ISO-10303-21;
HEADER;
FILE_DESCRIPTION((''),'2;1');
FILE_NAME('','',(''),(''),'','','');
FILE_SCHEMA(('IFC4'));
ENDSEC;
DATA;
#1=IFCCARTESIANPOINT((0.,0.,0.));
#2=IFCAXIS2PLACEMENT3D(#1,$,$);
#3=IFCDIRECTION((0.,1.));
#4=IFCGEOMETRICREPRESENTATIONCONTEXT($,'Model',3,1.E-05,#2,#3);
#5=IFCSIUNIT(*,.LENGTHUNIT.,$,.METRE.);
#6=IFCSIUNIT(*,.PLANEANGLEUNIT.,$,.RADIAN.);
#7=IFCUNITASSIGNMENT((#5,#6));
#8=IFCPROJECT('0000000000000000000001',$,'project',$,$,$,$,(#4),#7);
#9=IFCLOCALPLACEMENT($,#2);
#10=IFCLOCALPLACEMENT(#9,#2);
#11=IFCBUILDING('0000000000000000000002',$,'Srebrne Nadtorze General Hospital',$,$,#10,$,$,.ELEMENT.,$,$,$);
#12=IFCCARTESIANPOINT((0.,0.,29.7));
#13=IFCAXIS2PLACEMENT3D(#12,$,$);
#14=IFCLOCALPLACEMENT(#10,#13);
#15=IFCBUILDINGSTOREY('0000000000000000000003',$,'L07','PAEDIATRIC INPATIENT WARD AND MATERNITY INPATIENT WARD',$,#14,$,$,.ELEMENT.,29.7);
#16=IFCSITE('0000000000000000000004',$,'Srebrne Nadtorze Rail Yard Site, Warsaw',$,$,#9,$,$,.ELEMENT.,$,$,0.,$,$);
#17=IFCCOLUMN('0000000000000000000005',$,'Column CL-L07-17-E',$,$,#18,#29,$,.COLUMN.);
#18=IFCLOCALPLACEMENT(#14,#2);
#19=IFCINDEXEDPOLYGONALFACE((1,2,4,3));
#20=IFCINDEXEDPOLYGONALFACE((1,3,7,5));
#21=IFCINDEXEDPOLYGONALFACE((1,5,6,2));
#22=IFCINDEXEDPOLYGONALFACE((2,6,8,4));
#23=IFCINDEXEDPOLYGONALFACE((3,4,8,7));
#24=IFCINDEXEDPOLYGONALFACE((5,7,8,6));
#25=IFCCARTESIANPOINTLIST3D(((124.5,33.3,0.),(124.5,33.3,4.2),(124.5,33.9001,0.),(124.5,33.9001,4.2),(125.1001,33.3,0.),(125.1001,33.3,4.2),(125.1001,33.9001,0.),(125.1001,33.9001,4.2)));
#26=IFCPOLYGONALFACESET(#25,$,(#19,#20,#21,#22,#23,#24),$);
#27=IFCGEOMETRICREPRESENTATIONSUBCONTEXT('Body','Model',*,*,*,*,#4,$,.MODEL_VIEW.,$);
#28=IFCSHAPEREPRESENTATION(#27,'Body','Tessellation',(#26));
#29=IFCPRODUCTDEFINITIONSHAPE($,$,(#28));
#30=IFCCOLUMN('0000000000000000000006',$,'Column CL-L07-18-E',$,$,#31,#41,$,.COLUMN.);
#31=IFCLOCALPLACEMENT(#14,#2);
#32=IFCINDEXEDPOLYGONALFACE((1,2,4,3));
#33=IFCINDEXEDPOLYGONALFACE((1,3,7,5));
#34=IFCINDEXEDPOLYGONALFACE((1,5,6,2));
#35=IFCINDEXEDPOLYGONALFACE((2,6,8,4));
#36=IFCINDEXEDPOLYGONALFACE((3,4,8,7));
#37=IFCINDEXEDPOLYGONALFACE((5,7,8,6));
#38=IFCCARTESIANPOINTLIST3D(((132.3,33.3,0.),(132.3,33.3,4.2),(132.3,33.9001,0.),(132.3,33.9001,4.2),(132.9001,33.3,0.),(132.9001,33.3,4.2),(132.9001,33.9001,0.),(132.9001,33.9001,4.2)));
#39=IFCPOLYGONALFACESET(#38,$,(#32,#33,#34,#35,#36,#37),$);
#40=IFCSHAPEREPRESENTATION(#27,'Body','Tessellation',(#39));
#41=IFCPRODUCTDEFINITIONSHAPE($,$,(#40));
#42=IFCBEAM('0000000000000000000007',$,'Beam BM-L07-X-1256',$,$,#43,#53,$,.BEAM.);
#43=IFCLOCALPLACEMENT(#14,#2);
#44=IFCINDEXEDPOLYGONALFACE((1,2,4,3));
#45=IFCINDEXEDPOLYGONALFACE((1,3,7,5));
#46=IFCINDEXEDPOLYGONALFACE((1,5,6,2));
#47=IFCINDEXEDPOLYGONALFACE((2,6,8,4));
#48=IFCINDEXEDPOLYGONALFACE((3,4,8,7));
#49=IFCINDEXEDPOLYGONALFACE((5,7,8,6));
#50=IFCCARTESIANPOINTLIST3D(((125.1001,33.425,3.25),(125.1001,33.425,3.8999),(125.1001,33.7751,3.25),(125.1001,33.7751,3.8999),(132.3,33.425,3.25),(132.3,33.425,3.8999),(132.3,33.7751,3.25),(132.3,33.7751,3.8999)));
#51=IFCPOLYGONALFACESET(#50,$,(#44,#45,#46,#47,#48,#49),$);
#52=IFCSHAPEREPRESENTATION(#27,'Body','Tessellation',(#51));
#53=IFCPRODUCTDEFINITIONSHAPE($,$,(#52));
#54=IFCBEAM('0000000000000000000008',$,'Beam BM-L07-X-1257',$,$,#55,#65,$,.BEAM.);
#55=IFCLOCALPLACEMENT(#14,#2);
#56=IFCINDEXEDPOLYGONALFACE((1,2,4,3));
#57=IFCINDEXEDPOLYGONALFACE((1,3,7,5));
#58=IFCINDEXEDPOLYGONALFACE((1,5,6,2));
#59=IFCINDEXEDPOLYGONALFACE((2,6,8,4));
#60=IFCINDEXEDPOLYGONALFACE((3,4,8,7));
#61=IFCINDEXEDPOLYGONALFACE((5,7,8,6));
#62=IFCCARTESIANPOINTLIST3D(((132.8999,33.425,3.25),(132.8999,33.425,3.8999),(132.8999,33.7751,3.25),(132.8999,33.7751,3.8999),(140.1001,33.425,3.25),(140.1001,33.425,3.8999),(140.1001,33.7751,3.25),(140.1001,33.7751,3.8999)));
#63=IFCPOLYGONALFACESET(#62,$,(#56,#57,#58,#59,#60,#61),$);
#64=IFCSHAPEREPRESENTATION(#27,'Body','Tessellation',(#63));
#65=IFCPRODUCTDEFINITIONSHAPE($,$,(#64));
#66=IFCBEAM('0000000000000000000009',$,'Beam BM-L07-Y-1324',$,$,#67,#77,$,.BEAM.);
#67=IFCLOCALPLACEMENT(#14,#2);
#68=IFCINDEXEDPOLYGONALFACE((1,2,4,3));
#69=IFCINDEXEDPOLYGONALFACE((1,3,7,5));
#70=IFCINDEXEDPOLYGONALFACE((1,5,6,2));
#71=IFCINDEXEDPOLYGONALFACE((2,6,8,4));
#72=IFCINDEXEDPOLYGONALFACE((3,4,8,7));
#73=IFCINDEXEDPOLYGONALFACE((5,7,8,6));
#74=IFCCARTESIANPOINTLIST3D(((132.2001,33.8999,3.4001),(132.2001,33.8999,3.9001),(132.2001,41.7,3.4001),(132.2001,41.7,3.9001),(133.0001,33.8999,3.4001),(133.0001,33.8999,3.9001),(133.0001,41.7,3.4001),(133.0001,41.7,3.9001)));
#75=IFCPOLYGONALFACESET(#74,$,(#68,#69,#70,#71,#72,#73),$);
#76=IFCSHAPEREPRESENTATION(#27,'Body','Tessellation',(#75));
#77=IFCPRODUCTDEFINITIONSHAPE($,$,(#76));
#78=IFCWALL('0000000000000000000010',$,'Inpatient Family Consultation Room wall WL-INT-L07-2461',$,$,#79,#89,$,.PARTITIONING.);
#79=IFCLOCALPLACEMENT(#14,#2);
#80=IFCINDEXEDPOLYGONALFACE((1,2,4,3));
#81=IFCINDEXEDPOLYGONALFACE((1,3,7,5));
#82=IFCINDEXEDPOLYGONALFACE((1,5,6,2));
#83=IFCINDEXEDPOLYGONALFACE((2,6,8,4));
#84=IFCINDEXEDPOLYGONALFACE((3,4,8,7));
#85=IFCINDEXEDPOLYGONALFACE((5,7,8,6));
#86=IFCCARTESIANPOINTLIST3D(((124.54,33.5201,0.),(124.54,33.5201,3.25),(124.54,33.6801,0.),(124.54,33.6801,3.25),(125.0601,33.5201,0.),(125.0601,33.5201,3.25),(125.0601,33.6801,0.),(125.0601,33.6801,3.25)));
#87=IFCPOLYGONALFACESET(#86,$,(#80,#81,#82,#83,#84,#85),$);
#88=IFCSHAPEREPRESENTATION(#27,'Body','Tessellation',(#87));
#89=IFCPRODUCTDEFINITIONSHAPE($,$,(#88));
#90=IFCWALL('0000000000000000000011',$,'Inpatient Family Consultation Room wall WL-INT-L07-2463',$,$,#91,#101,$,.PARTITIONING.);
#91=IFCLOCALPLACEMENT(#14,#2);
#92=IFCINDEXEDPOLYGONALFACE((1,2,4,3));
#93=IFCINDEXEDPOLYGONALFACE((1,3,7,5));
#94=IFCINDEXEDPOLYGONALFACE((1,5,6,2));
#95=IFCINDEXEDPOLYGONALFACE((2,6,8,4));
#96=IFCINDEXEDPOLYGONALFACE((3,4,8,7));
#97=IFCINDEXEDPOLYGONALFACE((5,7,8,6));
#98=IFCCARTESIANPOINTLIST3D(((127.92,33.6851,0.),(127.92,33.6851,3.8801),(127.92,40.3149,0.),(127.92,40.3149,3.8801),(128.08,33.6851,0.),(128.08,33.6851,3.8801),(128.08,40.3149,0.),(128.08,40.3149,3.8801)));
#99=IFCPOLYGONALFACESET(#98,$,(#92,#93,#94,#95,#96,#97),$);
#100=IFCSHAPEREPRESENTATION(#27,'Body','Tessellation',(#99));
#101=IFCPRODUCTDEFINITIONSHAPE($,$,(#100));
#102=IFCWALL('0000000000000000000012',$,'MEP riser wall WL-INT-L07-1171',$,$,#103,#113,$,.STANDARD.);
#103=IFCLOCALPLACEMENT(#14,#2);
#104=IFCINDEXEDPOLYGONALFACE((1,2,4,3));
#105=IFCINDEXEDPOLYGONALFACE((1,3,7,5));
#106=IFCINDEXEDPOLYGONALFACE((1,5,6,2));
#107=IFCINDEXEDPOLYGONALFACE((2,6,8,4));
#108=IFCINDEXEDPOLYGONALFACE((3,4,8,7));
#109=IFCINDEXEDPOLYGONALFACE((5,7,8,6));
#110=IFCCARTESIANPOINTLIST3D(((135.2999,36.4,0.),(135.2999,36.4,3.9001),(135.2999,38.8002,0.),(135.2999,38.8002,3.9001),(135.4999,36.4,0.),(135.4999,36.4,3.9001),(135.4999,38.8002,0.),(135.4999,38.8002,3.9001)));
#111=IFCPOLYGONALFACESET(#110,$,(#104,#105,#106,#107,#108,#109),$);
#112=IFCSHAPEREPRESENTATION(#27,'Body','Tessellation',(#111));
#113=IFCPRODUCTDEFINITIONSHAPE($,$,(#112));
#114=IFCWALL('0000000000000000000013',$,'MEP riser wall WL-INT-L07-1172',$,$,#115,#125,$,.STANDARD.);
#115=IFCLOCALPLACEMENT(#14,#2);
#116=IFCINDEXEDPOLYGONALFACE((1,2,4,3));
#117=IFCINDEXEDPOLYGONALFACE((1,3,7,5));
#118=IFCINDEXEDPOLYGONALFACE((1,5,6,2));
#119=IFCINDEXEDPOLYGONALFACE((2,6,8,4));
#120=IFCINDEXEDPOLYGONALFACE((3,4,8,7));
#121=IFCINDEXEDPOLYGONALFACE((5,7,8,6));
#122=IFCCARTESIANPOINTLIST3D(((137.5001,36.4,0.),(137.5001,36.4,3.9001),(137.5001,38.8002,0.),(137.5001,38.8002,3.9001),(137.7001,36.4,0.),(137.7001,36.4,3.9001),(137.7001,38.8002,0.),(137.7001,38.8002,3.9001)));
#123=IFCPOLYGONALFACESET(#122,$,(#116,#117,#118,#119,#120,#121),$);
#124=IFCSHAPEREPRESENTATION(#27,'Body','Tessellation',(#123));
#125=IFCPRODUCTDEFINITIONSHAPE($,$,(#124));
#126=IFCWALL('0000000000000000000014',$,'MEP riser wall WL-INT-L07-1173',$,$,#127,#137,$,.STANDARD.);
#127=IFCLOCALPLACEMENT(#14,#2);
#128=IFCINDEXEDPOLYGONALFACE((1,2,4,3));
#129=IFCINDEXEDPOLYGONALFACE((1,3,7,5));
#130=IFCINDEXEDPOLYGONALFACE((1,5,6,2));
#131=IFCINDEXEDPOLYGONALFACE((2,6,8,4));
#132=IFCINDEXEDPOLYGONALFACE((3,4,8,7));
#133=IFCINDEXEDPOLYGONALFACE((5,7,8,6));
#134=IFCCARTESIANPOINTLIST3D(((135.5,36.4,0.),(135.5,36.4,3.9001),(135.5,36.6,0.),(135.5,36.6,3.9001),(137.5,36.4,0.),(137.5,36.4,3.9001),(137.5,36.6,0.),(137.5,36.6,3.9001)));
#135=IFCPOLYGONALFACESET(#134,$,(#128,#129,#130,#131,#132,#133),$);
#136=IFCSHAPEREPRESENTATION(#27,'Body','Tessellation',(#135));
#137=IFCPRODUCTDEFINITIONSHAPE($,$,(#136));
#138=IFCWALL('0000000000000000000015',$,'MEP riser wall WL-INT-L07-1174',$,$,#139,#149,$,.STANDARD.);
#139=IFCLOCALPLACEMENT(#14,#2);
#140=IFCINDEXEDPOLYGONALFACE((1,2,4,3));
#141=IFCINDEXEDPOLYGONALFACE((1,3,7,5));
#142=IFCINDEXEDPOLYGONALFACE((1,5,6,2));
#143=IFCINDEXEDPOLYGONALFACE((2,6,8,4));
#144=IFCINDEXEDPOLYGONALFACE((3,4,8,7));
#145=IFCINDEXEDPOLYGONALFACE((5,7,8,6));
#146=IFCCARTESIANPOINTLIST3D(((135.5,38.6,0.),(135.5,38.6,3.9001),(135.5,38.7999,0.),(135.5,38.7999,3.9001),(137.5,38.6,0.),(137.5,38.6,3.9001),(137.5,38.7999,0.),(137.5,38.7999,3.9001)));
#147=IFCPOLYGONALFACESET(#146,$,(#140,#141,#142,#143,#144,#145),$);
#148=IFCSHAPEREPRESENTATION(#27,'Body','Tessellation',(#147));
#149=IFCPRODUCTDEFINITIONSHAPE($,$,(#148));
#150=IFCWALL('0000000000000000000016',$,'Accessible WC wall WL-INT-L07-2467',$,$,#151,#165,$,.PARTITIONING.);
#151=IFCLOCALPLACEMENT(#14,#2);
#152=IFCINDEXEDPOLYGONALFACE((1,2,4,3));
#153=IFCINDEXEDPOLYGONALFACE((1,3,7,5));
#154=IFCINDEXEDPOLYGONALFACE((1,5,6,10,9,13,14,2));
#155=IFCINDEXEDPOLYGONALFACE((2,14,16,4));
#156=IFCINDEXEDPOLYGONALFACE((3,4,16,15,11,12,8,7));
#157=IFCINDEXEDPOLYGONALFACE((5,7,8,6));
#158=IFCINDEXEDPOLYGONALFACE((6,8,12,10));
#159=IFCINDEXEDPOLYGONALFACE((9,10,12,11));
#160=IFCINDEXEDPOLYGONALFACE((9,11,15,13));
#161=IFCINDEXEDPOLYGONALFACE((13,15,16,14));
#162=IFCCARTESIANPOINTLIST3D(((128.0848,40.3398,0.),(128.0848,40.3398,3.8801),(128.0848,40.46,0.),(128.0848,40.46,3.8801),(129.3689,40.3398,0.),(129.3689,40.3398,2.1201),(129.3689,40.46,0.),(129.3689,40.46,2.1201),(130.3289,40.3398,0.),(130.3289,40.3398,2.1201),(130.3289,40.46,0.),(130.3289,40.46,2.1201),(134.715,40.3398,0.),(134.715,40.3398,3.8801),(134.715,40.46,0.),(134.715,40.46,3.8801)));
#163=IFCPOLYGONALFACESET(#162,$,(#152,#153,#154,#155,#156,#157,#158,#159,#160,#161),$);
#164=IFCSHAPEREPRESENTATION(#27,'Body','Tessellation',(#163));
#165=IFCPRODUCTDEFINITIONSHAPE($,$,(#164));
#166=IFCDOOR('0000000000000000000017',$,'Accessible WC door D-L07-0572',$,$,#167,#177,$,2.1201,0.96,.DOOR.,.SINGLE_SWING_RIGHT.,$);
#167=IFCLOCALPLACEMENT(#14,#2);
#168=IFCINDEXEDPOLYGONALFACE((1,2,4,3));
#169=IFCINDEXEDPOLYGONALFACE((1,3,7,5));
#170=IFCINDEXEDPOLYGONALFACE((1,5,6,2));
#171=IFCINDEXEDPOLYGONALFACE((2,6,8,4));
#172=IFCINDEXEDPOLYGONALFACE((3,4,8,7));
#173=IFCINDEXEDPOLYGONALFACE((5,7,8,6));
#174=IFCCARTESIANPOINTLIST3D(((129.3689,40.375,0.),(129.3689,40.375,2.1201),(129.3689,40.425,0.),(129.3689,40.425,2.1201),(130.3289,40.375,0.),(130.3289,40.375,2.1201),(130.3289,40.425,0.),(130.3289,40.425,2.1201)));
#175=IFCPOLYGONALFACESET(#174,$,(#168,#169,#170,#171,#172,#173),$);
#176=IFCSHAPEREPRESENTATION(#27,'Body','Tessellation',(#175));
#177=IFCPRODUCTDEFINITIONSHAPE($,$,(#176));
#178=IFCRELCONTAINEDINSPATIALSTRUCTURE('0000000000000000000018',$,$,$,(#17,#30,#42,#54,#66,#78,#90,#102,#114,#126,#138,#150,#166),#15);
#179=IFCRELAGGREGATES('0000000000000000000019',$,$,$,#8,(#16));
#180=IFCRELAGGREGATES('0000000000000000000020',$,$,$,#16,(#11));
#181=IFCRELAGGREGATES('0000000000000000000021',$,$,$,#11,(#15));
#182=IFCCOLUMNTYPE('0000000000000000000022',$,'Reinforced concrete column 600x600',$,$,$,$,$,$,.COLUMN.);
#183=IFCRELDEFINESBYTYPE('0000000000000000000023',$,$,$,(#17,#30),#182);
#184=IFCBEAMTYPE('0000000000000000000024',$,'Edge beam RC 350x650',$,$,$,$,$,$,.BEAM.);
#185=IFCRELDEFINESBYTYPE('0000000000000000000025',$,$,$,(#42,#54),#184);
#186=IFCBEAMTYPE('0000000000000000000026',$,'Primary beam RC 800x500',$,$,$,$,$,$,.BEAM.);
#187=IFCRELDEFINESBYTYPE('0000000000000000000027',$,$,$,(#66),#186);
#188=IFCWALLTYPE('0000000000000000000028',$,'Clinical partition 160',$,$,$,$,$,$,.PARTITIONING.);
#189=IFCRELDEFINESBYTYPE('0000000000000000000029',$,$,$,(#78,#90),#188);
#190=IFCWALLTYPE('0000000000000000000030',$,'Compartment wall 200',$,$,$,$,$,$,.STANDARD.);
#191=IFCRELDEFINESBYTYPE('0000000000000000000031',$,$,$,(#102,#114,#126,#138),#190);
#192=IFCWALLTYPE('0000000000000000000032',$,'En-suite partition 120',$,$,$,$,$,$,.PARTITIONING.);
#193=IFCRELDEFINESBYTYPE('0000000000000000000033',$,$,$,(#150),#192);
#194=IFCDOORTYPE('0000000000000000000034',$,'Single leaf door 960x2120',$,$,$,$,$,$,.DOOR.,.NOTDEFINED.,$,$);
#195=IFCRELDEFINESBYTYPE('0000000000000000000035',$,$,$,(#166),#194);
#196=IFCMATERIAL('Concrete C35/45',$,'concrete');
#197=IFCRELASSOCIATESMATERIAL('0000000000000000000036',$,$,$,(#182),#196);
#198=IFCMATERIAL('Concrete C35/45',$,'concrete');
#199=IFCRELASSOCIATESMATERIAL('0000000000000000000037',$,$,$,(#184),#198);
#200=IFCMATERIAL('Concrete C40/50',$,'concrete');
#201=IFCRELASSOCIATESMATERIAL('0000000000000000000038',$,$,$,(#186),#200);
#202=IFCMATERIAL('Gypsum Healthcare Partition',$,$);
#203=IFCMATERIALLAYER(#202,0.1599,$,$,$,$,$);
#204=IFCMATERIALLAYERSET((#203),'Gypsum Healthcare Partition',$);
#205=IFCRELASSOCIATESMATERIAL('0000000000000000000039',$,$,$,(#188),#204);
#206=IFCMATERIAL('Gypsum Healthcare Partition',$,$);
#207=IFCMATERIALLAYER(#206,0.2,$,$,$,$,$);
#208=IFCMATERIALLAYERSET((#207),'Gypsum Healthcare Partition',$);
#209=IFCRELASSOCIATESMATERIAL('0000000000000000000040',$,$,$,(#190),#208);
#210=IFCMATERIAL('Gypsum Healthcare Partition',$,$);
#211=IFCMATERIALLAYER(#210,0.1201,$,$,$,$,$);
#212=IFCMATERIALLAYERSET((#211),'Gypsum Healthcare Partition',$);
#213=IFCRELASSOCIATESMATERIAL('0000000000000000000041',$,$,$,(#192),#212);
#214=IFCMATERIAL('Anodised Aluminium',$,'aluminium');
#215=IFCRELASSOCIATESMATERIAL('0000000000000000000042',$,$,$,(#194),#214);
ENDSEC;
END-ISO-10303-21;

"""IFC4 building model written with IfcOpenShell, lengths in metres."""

from ifc_helpers import new_model, si_unit, direction, frame, frame_2d, origin, origin_2d, place, context, subcontext, project, spatial, rectangle, extrude, material, layer, layer_set, material_profile, profile_set, type_object, element, fill, save


model = new_model("IFC4")

# Units and contexts
model_context = context("Model", 3, precision=1e-05, world=origin(), true_north=direction((0.0, 1.0)))
body_context = subcontext(model_context, "Body", "Model", "MODEL_VIEW")
ifc_project = project(units=[si_unit("LENGTHUNIT", "METRE"), si_unit("PLANEANGLEUNIT", "RADIAN")], contexts=[model_context])

# Site, building, storey
site_placement = place(None, origin())
site = spatial("IfcSite", under=ifc_project, at=site_placement, Name="Srebrne Nadtorze Rail Yard Site, Warsaw", CompositionType="ELEMENT", RefElevation=0.0)
building_placement = place(site_placement, origin())
building = spatial("IfcBuilding", under=site, at=building_placement, Name="Srebrne Nadtorze General Hospital", CompositionType="ELEMENT")
storey_placement = place(building_placement, frame((0.0, 0.0, 29.7)))
storey = spatial("IfcBuildingStorey", under=building, at=storey_placement, Name="L07", Description="PAEDIATRIC INPATIENT WARD AND MATERNITY INPATIENT WARD", CompositionType="ELEMENT", Elevation=29.7)

# Columns
ifc_material_1 = material(Name="Concrete C35/45", Category="concrete")
ifc_material_profile_1 = material_profile(ifc_material_1, rectangle(XDim=0.6001, YDim=0.6001, at=origin_2d()), Name="RC-COL-600x600")
ifc_profile_set_1 = profile_set([ifc_material_profile_1], Name="Concrete C35/45")
column_type = type_object("IfcColumnType", Name="Reinforced concrete column 600x600", PredefinedType="COLUMN", material=ifc_profile_set_1)
for number, where, z_axis, x_axis, name in (
    (1, (124.8, 33.6001, 0.0), (0.0, 0.0, 1.0), (1.0, 0.0, 0.0), "Column CL-L07-17-E"),
    (2, (132.6001, 33.6001, 0.0), (0.0, 0.0, 1.0), (1.0, 0.0, 0.0), "Column CL-L07-18-E"),
):
    element("IfcColumn", number, at=place(storey_placement, frame(where, z_axis=z_axis, x_axis=x_axis)), inside=storey, type_object=column_type, Name=name, PredefinedType="COLUMN", context=body_context, shape_type="SweptSolid", body=[
        extrude(rectangle(XDim=0.6001, YDim=0.6001, at=origin_2d()), origin(), (0.0, 0.0, 1.0), 4.2),
    ])

# Beams
ifc_material_2 = material(Name="Concrete C35/45", Category="concrete")
ifc_material_profile_2 = material_profile(ifc_material_2, rectangle(XDim=0.3501, YDim=0.6499, at=origin_2d()), Name="RC-BM-350x650")
ifc_profile_set_2 = profile_set([ifc_material_profile_2], Name="Concrete C35/45")
beam_type_1 = type_object("IfcBeamType", Name="Edge beam RC 350x650", PredefinedType="BEAM", material=ifc_profile_set_2)
beam_1_placement = place(storey_placement, frame((125.1001, 33.6001, 3.575), z_axis=(1.0, 0.0, 0.0), x_axis=(0.0, 1.0, 0.0)))
element("IfcBeam", 3, at=beam_1_placement, inside=storey, type_object=beam_type_1, Name="Beam BM-L07-X-1256", PredefinedType="BEAM", context=body_context, shape_type="SweptSolid", body=[
    extrude(rectangle(XDim=0.3501, YDim=0.6499, at=origin_2d()), origin(), (0.0, 0.0, 1.0), 7.2),
])
beam_2_placement = place(storey_placement, frame((132.8999, 33.6001, 3.575), z_axis=(1.0, 0.0, 0.0), x_axis=(0.0, 1.0, 0.0)))
element("IfcBeam", 4, at=beam_2_placement, inside=storey, type_object=beam_type_1, Name="Beam BM-L07-X-1257", PredefinedType="BEAM", context=body_context, shape_type="SweptSolid", body=[
    extrude(rectangle(XDim=0.3501, YDim=0.6499, at=origin_2d()), origin(), (0.0, 0.0, 1.0), 7.2002),
])
ifc_material_3 = material(Name="Concrete C40/50", Category="concrete")
ifc_material_profile_3 = material_profile(ifc_material_3, rectangle(XDim=0.8, YDim=0.5, at=origin_2d()), Name="RC-BM-800x500")
ifc_profile_set_3 = profile_set([ifc_material_profile_3], Name="Concrete C40/50")
beam_type_2 = type_object("IfcBeamType", Name="Primary beam RC 800x500", PredefinedType="BEAM", material=ifc_profile_set_3)
beam_3_placement = place(storey_placement, frame((132.6001, 33.8999, 3.6501), z_axis=(0.0, 1.0, 0.0), x_axis=(-1.0, 0.0, 0.0)))
element("IfcBeam", 5, at=beam_3_placement, inside=storey, type_object=beam_type_2, Name="Beam BM-L07-Y-1324", PredefinedType="BEAM", context=body_context, shape_type="SweptSolid", body=[
    extrude(rectangle(XDim=0.8, YDim=0.5, at=origin_2d()), origin(), (0.0, 0.0, 1.0), 7.8),
])

# Walls
ifc_material_4 = material(Name="Gypsum Healthcare Partition")
ifc_layer_1 = layer(ifc_material_4, 0.1599)
ifc_layer_set_1 = layer_set([ifc_layer_1], Name="Gypsum Healthcare Partition")
wall_type_1 = type_object("IfcWallType", Name="Clinical partition 160", PredefinedType="PARTITIONING", material=ifc_layer_set_1)
wall_1_placement = place(storey_placement, frame((124.54, 33.6001, 0.0), z_axis=(0.0, 0.0, 1.0), x_axis=(1.0, 0.0, 0.0)))
element("IfcWall", 6, at=wall_1_placement, inside=storey, type_object=wall_type_1, Name="Inpatient Family Consultation Room wall WL-INT-L07-2461", PredefinedType="PARTITIONING", context=body_context, shape_type="SweptSolid", body=[
    extrude(rectangle(XDim=0.52, YDim=0.1599, at=frame_2d((0.26, 0.0))), origin(), (0.0, 0.0, 1.0), 3.25),
])
wall_2_placement = place(storey_placement, frame((128.0, 33.6851, 0.0), z_axis=(0.0, 0.0, 1.0), x_axis=(0.0, 1.0, 0.0)))
element("IfcWall", 7, at=wall_2_placement, inside=storey, type_object=wall_type_1, Name="Inpatient Family Consultation Room wall WL-INT-L07-2463", PredefinedType="PARTITIONING", context=body_context, shape_type="SweptSolid", body=[
    extrude(rectangle(XDim=6.6299, YDim=0.1599, at=frame_2d((3.3149, 0.0))), origin(), (0.0, 0.0, 1.0), 3.8801),
])
ifc_material_5 = material(Name="Gypsum Healthcare Partition")
ifc_layer_2 = layer(ifc_material_5, 0.2)
ifc_layer_set_2 = layer_set([ifc_layer_2], Name="Gypsum Healthcare Partition")
wall_type_2 = type_object("IfcWallType", Name="Compartment wall 200", PredefinedType="STANDARD", material=ifc_layer_set_2)
for number, where, z_axis, x_axis, name in (
    (8, (135.3999, 36.3999, 0.0), (0.0, 0.0, 1.0), (0.0, 1.0, 0.0), "MEP riser wall WL-INT-L07-1171"),
    (9, (137.6001, 36.3999, 0.0), (0.0, 0.0, 1.0), (0.0, 1.0, 0.0), "MEP riser wall WL-INT-L07-1172"),
):
    element("IfcWall", number, at=place(storey_placement, frame(where, z_axis=z_axis, x_axis=x_axis)), inside=storey, type_object=wall_type_2, Name=name, PredefinedType="STANDARD", context=body_context, shape_type="SweptSolid", body=[
        extrude(rectangle(XDim=2.4001, YDim=0.2, at=frame_2d((1.2002, 0.0))), origin(), (0.0, 0.0, 1.0), 3.9001),
    ])
for number, where, z_axis, x_axis, name in (
    (10, (135.5, 36.5, 0.0), (0.0, 0.0, 1.0), (1.0, 0.0, 0.0), "MEP riser wall WL-INT-L07-1173"),
    (11, (135.5, 38.7, 0.0), (0.0, 0.0, 1.0), (1.0, 0.0, 0.0), "MEP riser wall WL-INT-L07-1174"),
):
    element("IfcWall", number, at=place(storey_placement, frame(where, z_axis=z_axis, x_axis=x_axis)), inside=storey, type_object=wall_type_2, Name=name, PredefinedType="STANDARD", context=body_context, shape_type="SweptSolid", body=[
        extrude(rectangle(XDim=2.0, YDim=0.2, at=frame_2d((1.0, 0.0))), origin(), (0.0, 0.0, 1.0), 3.9001),
    ])

# Wall, opening, door
ifc_material_6 = material(Name="Gypsum Healthcare Partition")
ifc_layer_3 = layer(ifc_material_6, 0.1201)
ifc_layer_set_3 = layer_set([ifc_layer_3], Name="Gypsum Healthcare Partition")
wall_type_3 = type_object("IfcWallType", Name="En-suite partition 120", PredefinedType="PARTITIONING", material=ifc_layer_set_3)
wall_3_placement = place(storey_placement, frame((128.085, 40.3999, 0.0), z_axis=(0.0, 0.0, 1.0), x_axis=(1.0, 0.0, 0.0)))
wall_3 = element("IfcWall", 12, at=wall_3_placement, inside=storey, type_object=wall_type_3, Name="Accessible WC wall WL-INT-L07-2467", PredefinedType="PARTITIONING", context=body_context, shape_type="SweptSolid", body=[
    extrude(rectangle(XDim=6.6301, YDim=0.1201, at=frame_2d((3.3149, 0.0))), origin(), (0.0, 0.0, 1.0), 3.8801),
])
opening_1_placement = place(wall_3_placement, frame((1.2839, 0.0, 0.0)))
opening_1 = element("IfcOpeningElement", 13, at=opening_1_placement, cuts=wall_3, PredefinedType="OPENING", context=body_context, shape_type="SweptSolid", body=[
    extrude(rectangle(XDim=0.96, YDim=2.1201, at=frame_2d((0.48, 1.0601))), frame((0.0, 0.072, 0.0), z_axis=(0.0, -1.0, 0.0), x_axis=(1.0, 0.0, 0.0)), (0.0, 0.0, 1.0), 0.144),
])
ifc_material_7 = material(Name="Anodised Aluminium", Category="aluminium")
door_type = type_object("IfcDoorType", Name="Single leaf door 960x2120", OperationType="NOTDEFINED", PredefinedType="DOOR", material=ifc_material_7)
door_placement = place(opening_1_placement, frame((0.96, 0.0, 0.0), z_axis=(0.0, 0.0, 1.0), x_axis=(-1.0, 0.0, 0.0)))
door = element("IfcDoor", 14, at=door_placement, inside=storey, type_object=door_type, Name="Accessible WC door D-L07-0572", OperationType="SINGLE_SWING_RIGHT", OverallHeight=2.1201, OverallWidth=0.96, PredefinedType="DOOR", context=body_context, shape_type="SweptSolid", body=[
    extrude(rectangle(XDim=0.96, YDim=2.1201, at=frame_2d((0.48, 1.0601))), frame((0.0, 0.0249, 0.0), z_axis=(0.0, -1.0, 0.0), x_axis=(1.0, 0.0, 0.0)), (0.0, 0.0, 1.0), 0.05),
])
fill(opening_1, door)

save(model, "model.ifc")
